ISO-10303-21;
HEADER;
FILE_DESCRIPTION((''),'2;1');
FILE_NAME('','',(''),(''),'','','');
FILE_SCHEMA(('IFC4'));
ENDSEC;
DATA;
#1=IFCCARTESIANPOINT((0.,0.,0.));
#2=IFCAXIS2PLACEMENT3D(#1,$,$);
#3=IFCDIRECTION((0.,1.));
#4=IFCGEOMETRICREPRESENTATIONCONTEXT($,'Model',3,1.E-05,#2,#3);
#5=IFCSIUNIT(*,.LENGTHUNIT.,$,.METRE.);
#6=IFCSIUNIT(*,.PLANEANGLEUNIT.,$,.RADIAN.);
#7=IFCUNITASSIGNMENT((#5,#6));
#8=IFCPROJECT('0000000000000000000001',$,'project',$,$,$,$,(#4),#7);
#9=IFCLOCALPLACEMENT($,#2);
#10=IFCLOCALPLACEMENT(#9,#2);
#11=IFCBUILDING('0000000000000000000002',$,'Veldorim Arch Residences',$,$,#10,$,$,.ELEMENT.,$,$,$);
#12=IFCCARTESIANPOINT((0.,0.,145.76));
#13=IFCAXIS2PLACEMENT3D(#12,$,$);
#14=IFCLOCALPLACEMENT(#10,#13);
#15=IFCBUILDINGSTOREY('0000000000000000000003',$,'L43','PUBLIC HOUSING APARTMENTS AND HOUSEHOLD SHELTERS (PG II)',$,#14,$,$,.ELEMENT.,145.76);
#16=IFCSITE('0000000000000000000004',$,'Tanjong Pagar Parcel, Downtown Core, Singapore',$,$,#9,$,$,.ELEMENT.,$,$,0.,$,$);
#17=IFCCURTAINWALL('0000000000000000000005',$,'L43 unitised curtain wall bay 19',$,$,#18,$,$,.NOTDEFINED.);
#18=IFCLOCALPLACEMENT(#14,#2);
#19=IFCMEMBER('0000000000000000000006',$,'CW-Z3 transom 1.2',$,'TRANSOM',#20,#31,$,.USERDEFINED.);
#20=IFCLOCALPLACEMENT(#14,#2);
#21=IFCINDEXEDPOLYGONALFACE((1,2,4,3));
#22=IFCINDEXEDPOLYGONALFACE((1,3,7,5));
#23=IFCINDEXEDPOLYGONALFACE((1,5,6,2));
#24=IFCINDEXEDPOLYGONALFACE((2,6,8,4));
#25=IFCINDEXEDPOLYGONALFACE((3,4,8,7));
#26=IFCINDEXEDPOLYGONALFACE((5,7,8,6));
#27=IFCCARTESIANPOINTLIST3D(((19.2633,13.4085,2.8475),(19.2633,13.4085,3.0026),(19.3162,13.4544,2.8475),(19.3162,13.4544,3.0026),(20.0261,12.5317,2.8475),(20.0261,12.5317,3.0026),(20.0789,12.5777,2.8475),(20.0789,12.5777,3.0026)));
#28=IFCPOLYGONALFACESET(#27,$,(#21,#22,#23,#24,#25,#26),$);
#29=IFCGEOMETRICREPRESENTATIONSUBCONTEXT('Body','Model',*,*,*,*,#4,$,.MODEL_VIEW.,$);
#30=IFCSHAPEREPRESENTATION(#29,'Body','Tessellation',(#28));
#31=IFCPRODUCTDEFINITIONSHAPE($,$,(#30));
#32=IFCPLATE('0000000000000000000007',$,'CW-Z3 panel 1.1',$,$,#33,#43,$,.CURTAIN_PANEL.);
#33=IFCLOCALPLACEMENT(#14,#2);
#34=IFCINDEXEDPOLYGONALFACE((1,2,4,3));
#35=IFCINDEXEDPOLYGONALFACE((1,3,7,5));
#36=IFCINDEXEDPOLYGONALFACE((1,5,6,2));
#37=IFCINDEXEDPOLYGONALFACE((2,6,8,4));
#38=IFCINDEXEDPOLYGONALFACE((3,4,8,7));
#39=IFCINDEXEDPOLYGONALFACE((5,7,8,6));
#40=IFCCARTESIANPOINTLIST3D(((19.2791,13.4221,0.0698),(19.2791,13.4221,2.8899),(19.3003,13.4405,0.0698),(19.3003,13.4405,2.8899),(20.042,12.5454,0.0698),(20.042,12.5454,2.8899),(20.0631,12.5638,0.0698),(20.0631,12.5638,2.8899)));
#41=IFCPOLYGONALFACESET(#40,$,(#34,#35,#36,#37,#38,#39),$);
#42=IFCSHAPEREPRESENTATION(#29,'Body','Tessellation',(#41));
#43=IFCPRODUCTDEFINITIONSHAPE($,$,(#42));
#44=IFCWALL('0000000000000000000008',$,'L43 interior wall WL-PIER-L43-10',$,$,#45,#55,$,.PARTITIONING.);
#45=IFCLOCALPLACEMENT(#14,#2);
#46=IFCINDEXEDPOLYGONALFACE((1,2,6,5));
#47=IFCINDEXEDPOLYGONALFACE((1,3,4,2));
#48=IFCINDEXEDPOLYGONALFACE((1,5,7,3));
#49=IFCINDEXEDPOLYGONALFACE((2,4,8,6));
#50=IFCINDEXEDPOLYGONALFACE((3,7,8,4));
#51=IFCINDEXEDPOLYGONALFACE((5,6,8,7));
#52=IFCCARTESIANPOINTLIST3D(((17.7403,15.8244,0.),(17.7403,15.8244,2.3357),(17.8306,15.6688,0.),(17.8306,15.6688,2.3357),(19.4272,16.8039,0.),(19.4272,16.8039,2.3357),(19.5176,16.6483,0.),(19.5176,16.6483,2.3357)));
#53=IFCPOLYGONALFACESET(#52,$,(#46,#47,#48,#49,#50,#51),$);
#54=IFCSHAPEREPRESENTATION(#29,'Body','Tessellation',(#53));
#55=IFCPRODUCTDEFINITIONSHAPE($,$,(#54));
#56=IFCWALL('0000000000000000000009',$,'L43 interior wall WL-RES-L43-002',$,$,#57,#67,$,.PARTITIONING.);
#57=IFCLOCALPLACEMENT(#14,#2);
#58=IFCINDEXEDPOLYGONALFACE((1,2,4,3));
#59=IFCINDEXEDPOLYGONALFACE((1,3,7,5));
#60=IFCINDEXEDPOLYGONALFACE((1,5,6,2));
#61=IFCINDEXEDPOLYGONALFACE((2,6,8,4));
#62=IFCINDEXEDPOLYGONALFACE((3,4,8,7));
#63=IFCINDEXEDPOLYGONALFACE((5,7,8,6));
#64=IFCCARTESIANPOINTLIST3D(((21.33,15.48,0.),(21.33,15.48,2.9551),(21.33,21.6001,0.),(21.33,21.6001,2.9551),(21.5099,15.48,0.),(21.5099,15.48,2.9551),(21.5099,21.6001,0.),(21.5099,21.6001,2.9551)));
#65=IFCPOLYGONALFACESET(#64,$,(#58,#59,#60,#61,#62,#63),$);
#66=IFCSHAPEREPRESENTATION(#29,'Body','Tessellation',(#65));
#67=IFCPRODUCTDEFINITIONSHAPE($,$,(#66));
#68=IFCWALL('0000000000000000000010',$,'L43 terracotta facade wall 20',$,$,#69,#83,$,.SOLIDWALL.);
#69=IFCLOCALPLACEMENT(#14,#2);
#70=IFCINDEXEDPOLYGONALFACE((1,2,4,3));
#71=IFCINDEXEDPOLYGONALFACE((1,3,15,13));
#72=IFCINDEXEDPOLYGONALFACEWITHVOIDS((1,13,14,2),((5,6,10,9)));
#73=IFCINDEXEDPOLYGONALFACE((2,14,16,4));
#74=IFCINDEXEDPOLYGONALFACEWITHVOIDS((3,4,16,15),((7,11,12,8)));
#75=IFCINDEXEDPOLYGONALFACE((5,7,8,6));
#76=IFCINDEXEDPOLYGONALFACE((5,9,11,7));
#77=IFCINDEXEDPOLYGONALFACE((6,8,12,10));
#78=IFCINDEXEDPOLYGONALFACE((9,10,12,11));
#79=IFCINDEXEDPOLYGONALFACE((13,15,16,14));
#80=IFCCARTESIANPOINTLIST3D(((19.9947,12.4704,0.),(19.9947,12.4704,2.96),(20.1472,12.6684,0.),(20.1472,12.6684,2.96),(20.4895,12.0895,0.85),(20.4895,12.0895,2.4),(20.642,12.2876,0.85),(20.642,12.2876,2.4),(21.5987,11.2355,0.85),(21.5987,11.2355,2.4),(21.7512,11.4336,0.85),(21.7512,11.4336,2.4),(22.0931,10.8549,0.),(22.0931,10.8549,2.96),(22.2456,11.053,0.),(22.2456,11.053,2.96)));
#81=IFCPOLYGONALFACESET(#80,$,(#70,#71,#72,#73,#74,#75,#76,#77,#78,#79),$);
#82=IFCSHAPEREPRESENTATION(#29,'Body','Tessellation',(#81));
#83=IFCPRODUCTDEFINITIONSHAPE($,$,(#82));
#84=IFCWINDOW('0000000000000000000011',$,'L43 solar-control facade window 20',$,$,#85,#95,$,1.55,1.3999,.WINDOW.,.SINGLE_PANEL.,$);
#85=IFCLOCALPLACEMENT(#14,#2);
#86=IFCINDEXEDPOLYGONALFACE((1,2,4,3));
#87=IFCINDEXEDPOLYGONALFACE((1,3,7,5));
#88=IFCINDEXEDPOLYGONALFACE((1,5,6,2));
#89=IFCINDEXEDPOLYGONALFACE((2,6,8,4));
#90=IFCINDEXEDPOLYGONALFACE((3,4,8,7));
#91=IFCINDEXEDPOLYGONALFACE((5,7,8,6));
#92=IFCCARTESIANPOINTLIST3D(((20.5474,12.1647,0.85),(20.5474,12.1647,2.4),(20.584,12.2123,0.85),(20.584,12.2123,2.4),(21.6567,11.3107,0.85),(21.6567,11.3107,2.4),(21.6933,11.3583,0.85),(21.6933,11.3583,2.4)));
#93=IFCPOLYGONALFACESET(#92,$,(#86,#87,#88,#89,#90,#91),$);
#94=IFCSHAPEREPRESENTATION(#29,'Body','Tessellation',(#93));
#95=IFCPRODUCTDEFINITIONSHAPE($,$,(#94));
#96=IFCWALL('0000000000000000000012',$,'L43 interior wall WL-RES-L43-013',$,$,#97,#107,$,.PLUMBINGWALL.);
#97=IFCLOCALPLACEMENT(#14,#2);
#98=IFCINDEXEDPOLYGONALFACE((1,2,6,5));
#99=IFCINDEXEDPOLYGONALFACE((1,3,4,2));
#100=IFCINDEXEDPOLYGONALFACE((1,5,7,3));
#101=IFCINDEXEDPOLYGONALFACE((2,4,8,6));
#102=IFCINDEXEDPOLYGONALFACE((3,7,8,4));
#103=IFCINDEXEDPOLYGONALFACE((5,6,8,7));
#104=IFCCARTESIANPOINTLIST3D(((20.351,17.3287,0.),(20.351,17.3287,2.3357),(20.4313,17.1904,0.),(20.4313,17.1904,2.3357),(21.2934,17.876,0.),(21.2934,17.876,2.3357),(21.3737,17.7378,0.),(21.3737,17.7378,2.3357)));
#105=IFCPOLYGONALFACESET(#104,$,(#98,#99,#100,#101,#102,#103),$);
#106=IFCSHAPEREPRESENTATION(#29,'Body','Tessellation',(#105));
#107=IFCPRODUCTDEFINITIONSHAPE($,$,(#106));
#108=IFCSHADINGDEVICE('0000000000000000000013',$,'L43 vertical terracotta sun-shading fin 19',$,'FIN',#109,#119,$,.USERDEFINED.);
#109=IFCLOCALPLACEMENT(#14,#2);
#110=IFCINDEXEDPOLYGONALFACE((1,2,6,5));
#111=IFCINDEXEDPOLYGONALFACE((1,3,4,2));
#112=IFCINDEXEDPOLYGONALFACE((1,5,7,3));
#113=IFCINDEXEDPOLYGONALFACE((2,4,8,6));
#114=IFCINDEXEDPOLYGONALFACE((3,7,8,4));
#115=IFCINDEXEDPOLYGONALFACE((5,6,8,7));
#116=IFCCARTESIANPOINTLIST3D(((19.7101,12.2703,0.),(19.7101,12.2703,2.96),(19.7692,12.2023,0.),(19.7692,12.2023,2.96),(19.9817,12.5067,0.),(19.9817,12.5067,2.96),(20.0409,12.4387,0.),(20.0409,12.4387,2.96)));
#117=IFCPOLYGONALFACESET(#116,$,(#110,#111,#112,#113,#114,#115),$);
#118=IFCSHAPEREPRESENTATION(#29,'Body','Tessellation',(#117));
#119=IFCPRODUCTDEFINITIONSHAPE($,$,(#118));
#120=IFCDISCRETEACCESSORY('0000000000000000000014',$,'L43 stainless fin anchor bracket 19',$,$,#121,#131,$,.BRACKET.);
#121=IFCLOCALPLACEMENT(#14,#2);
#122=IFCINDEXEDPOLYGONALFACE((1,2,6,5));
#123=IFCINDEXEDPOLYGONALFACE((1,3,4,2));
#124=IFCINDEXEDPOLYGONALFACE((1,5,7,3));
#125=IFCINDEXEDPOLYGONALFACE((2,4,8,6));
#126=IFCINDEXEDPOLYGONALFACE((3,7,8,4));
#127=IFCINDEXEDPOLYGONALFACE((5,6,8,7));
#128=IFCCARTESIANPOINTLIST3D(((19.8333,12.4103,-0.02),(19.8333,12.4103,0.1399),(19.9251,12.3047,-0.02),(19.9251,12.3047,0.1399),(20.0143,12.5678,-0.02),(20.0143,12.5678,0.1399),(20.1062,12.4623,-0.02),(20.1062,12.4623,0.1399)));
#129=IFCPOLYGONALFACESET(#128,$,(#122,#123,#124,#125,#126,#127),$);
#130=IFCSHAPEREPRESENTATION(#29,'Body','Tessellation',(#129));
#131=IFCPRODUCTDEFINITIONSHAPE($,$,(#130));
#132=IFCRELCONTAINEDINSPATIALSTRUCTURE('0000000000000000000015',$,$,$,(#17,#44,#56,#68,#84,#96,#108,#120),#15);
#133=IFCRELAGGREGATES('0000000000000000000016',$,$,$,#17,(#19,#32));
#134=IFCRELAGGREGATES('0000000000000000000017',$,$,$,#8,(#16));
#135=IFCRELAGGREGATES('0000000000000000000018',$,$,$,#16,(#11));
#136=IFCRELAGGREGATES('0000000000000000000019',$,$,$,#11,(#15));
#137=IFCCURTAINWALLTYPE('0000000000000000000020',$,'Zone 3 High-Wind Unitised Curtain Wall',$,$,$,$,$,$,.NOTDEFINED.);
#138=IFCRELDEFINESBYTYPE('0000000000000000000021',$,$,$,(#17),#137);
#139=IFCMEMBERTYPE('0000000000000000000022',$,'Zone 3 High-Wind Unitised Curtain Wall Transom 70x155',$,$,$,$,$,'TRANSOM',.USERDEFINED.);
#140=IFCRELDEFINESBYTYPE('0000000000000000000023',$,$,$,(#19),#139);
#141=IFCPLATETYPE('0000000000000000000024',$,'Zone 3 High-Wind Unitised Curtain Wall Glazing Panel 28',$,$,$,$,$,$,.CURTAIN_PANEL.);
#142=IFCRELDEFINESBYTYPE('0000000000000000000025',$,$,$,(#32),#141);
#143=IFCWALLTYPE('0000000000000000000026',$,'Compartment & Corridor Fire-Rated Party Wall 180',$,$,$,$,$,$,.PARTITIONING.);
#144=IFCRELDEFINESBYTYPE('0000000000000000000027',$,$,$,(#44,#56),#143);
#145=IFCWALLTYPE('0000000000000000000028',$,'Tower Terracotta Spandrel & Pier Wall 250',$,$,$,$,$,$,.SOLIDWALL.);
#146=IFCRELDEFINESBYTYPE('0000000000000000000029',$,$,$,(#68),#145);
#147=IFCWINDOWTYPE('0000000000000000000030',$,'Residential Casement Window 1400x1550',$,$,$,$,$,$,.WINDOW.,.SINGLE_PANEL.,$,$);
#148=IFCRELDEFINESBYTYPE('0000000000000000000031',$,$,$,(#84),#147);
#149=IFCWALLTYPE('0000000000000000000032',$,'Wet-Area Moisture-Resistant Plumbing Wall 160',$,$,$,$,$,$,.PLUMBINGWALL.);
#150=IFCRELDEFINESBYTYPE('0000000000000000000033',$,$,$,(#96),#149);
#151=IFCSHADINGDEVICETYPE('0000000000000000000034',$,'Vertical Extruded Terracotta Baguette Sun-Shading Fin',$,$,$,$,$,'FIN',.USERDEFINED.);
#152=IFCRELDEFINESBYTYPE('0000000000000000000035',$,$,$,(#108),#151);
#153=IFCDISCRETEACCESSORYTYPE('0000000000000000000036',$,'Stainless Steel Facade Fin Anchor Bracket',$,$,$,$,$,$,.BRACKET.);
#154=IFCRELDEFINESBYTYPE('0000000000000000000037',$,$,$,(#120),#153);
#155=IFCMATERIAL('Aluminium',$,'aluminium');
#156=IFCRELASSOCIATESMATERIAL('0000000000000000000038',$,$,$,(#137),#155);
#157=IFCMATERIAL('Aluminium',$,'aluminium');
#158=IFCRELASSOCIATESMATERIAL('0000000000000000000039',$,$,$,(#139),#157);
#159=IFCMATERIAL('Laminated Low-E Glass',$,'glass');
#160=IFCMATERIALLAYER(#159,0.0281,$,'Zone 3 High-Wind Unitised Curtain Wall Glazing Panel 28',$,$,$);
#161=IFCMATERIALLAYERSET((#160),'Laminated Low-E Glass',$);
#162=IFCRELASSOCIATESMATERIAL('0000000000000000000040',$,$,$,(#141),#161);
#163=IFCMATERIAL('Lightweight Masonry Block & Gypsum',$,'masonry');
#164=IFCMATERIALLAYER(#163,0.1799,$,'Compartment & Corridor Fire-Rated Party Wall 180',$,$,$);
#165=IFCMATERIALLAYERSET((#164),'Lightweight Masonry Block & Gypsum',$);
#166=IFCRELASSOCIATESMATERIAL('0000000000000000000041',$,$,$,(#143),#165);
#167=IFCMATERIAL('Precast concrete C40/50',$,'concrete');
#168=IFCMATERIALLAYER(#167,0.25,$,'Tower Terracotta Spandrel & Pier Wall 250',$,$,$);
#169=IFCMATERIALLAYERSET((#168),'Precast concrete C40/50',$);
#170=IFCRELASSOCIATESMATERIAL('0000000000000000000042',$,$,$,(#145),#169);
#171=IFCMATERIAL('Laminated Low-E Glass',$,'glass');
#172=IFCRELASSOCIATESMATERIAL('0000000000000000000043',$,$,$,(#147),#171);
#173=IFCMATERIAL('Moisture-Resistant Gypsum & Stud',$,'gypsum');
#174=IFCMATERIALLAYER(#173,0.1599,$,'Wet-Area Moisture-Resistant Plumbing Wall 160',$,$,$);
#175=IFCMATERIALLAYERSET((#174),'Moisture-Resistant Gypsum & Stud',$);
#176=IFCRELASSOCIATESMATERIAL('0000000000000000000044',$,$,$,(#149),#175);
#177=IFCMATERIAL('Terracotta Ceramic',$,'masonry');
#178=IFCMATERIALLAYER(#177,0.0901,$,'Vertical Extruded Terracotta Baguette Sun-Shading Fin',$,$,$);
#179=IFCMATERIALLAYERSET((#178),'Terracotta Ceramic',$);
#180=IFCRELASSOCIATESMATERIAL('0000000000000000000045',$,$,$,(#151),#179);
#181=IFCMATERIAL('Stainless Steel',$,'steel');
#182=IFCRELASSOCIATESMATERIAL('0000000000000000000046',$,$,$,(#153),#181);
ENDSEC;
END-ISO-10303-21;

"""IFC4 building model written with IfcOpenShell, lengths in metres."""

from ifc_helpers import new_model, si_unit, direction, frame, frame_2d, origin, origin_2d, place, context, subcontext, project, spatial, rectangle, extrude, material, layer, layer_set, material_profile, profile_set, type_object, element, fill, aggregate, save


model = new_model("IFC4")

# Units and contexts
model_context = context("Model", 3, precision=1e-05, world=origin(), true_north=direction((0.0, 1.0)))
body_context = subcontext(model_context, "Body", "Model", "MODEL_VIEW")
ifc_project = project(units=[si_unit("LENGTHUNIT", "METRE"), si_unit("PLANEANGLEUNIT", "RADIAN")], contexts=[model_context])

# Site, building, storey
site_placement = place(None, origin())
site = spatial("IfcSite", under=ifc_project, at=site_placement, Name="Tanjong Pagar Parcel, Downtown Core, Singapore", CompositionType="ELEMENT", RefElevation=0.0)
building_placement = place(site_placement, origin())
building = spatial("IfcBuilding", under=site, at=building_placement, Name="Veldorim Arch Residences", CompositionType="ELEMENT")
storey_placement = place(building_placement, frame((0.0, 0.0, 145.76)))
storey = spatial("IfcBuildingStorey", under=building, at=storey_placement, Name="L43", Description="PUBLIC HOUSING APARTMENTS AND HOUSEHOLD SHELTERS (PG II)", CompositionType="ELEMENT", Elevation=145.76)

# Curtain wall, member, plate
ifc_material_1 = material(Name="Aluminium", Category="aluminium")
curtain_wall_type = type_object("IfcCurtainWallType", Name="Zone 3 High-Wind Unitised Curtain Wall", PredefinedType="NOTDEFINED", material=ifc_material_1)
curtain_wall_placement = place(storey_placement, origin())
curtain_wall = element("IfcCurtainWall", 1, at=curtain_wall_placement, inside=storey, type_object=curtain_wall_type, Name="L43 unitised curtain wall bay 19", PredefinedType="NOTDEFINED")
ifc_material_2 = material(Name="Aluminium", Category="aluminium")
ifc_material_profile_1 = material_profile(ifc_material_2, rectangle(XDim=0.0701, YDim=0.155, at=origin_2d()), Name="ALU_TRN_70x155")
ifc_profile_set_1 = profile_set([ifc_material_profile_1], Name="Aluminium")
member_type_1 = type_object("IfcMemberType", Name="Zone 3 High-Wind Unitised Curtain Wall Transom 70x155", ElementType="TRANSOM", PredefinedType="USERDEFINED", material=ifc_profile_set_1)
member_1_placement = place(storey_placement, frame((20.0525, 12.5547, 2.925), z_axis=(-0.656345, 0.754461, 0.0), x_axis=(-0.754461, -0.656345, 0.0)))
member_1 = element("IfcMember", 2, at=member_1_placement, type_object=member_type_1, Name="CW-Z3 transom 1.2", ObjectType="TRANSOM", PredefinedType="USERDEFINED", context=body_context, shape_type="SweptSolid", body=[
    extrude(rectangle(XDim=0.0701, YDim=0.155, at=origin_2d()), origin(), (0.0, 0.0, 1.0), 1.1621),
])
ifc_material_3 = material(Name="Laminated Low-E Glass", Category="glass")
ifc_layer_1 = layer(ifc_material_3, 0.0281, Name="Zone 3 High-Wind Unitised Curtain Wall Glazing Panel 28")
ifc_layer_set_1 = layer_set([ifc_layer_1], Name="Laminated Low-E Glass")
plate_type = type_object("IfcPlateType", Name="Zone 3 High-Wind Unitised Curtain Wall Glazing Panel 28", PredefinedType="CURTAIN_PANEL", material=ifc_layer_set_1)
plate_placement = place(storey_placement, frame((19.6711, 12.9929, 0.0698), z_axis=(0.0, 0.0, 1.0), x_axis=(-0.656415, 0.7544, 0.0)))
plate = element("IfcPlate", 3, at=plate_placement, type_object=plate_type, Name="CW-Z3 panel 1.1", PredefinedType="CURTAIN_PANEL", context=body_context, shape_type="SweptSolid", body=[
    extrude(rectangle(XDim=1.1621, YDim=0.0281, at=origin_2d()), origin(), (0.0, 0.0, 1.0), 2.8201),
])
aggregate(curtain_wall, [member_1, plate])

# Walls
ifc_material_4 = material(Name="Lightweight Masonry Block & Gypsum", Category="masonry")
ifc_layer_2 = layer(ifc_material_4, 0.1799, Name="Compartment & Corridor Fire-Rated Party Wall 180")
ifc_layer_set_2 = layer_set([ifc_layer_2], Name="Lightweight Masonry Block & Gypsum")
wall_type_1 = type_object("IfcWallType", Name="Compartment & Corridor Fire-Rated Party Wall 180", PredefinedType="PARTITIONING", material=ifc_layer_set_2)
wall_1_placement = place(storey_placement, frame((19.4724, 16.7261, 0.0), z_axis=(0.0, 0.0, 1.0), x_axis=(-0.864803, -0.502111, 0.0)))
element("IfcWall", 4, at=wall_1_placement, inside=storey, type_object=wall_type_1, Name="L43 interior wall WL-PIER-L43-10", PredefinedType="PARTITIONING", context=body_context, shape_type="SweptSolid", body=[
    extrude(rectangle(XDim=1.9507, YDim=0.1799, at=frame_2d((0.9753, 0.0))), origin(), (0.0, 0.0, 1.0), 2.3357),
])
wall_2_placement = place(storey_placement, frame((21.4199, 15.48, 0.0), z_axis=(0.0, 0.0, 1.0), x_axis=(0.0, 1.0, 0.0)))
element("IfcWall", 5, at=wall_2_placement, inside=storey, type_object=wall_type_1, Name="L43 interior wall WL-RES-L43-002", PredefinedType="PARTITIONING", context=body_context, shape_type="SweptSolid", body=[
    extrude(rectangle(XDim=6.1201, YDim=0.1799, at=frame_2d((3.0601, 0.0))), origin(), (0.0, 0.0, 1.0), 2.9551),
])

# Wall, opening, window
ifc_material_5 = material(Name="Precast concrete C40/50", Category="concrete")
ifc_layer_3 = layer(ifc_material_5, 0.25, Name="Tower Terracotta Spandrel & Pier Wall 250")
ifc_layer_set_3 = layer_set([ifc_layer_3], Name="Precast concrete C40/50")
wall_type_2 = type_object("IfcWallType", Name="Tower Terracotta Spandrel & Pier Wall 250", PredefinedType="SOLIDWALL", material=ifc_layer_set_3)
wall_3_placement = place(storey_placement, frame((22.1694, 10.9539, 0.0), z_axis=(0.0, 0.0, 1.0), x_axis=(-0.792381, 0.610027, 0.0)))
wall_3 = element("IfcWall", 6, at=wall_3_placement, inside=storey, type_object=wall_type_2, Name="L43 terracotta facade wall 20", PredefinedType="SOLIDWALL", context=body_context, shape_type="SweptSolid", body=[
    extrude(rectangle(XDim=2.6482, YDim=0.25, at=frame_2d((1.3242, 0.0))), origin(), (0.0, 0.0, 1.0), 2.96),
])
opening_1_placement = place(wall_3_placement, frame((0.624, 0.0, 0.8501)))
opening_1 = element("IfcOpeningElement", 7, at=opening_1_placement, cuts=wall_3, PredefinedType="OPENING", context=body_context, shape_type="SweptSolid", body=[
    extrude(rectangle(XDim=1.3999, YDim=1.55, at=frame_2d((0.7, 0.7749))), frame((0.0, 0.135, 0.0), z_axis=(0.0, -1.0, 0.0), x_axis=(1.0, 0.0, 0.0)), (0.0, 0.0, 1.0), 0.27),
])
ifc_material_6 = material(Name="Laminated Low-E Glass", Category="glass")
window_type = type_object("IfcWindowType", Name="Residential Casement Window 1400x1550", PartitioningType="SINGLE_PANEL", PredefinedType="WINDOW", material=ifc_material_6)
window_placement = place(opening_1_placement, origin())
window = element("IfcWindow", 8, at=window_placement, inside=storey, type_object=window_type, Name="L43 solar-control facade window 20", OverallHeight=1.55, OverallWidth=1.3999, PartitioningType="SINGLE_PANEL", PredefinedType="WINDOW", context=body_context, shape_type="SweptSolid", body=[
    extrude(rectangle(XDim=1.3999, YDim=1.55, at=frame_2d((0.7, 0.7749))), frame((0.0, 0.03, 0.0), z_axis=(0.0, -1.0, 0.0), x_axis=(1.0, 0.0, 0.0)), (0.0, 0.0, 1.0), 0.0601),
])
fill(opening_1, window)

# Wall
ifc_material_7 = material(Name="Moisture-Resistant Gypsum & Stud", Category="gypsum")
ifc_layer_4 = layer(ifc_material_7, 0.1599, Name="Wet-Area Moisture-Resistant Plumbing Wall 160")
ifc_layer_set_4 = layer_set([ifc_layer_4], Name="Moisture-Resistant Gypsum & Stud")
wall_type_3 = type_object("IfcWallType", Name="Wet-Area Moisture-Resistant Plumbing Wall 160", PredefinedType="PLUMBINGWALL", material=ifc_layer_set_4)
wall_4_placement = place(storey_placement, frame((20.3911, 17.2595, 0.0), z_axis=(0.0, 0.0, 1.0), x_axis=(0.86472, 0.502254, 0.0)))
element("IfcWall", 9, at=wall_4_placement, inside=storey, type_object=wall_type_3, Name="L43 interior wall WL-RES-L43-013", PredefinedType="PLUMBINGWALL", context=body_context, shape_type="SweptSolid", body=[
    extrude(rectangle(XDim=1.0898, YDim=0.1599, at=frame_2d((0.5449, 0.0))), origin(), (0.0, 0.0, 1.0), 2.3357),
])

# Shading device
ifc_material_8 = material(Name="Terracotta Ceramic", Category="masonry")
ifc_layer_5 = layer(ifc_material_8, 0.0901, Name="Vertical Extruded Terracotta Baguette Sun-Shading Fin")
ifc_layer_set_5 = layer_set([ifc_layer_5], Name="Terracotta Ceramic")
shading_device_type = type_object("IfcShadingDeviceType", Name="Vertical Extruded Terracotta Baguette Sun-Shading Fin", ElementType="FIN", PredefinedType="USERDEFINED", material=ifc_layer_set_5)
shading_device_placement = place(storey_placement, frame((19.8755, 12.3545, 0.0), z_axis=(0.0, 0.0, 1.0), x_axis=(-0.656454, 0.754366, 0.0)))
element("IfcShadingDevice", 10, at=shading_device_placement, inside=storey, type_object=shading_device_type, Name="L43 vertical terracotta sun-shading fin 19", ObjectType="FIN", PredefinedType="USERDEFINED", context=body_context, shape_type="SweptSolid", body=[
    extrude(rectangle(XDim=0.0901, YDim=0.3601, at=origin_2d()), origin(), (0.0, 0.0, 1.0), 2.96),
])

# Discrete accessory
ifc_material_9 = material(Name="Stainless Steel", Category="steel")
discrete_accessory_type = type_object("IfcDiscreteAccessoryType", Name="Stainless Steel Facade Fin Anchor Bracket", PredefinedType="BRACKET", material=ifc_material_9)
discrete_accessory_placement = place(storey_placement, frame((19.9697, 12.4363, -0.02), z_axis=(0.0, 0.0, 1.0), x_axis=(-0.656454, 0.754366, 0.0)))
element("IfcDiscreteAccessory", 11, at=discrete_accessory_placement, inside=storey, type_object=discrete_accessory_type, Name="L43 stainless fin anchor bracket 19", PredefinedType="BRACKET", context=body_context, shape_type="SweptSolid", body=[
    extrude(rectangle(XDim=0.1399, YDim=0.24, at=origin_2d()), origin(), (0.0, 0.0, 1.0), 0.1599),
])

save(model, "model.ifc")
